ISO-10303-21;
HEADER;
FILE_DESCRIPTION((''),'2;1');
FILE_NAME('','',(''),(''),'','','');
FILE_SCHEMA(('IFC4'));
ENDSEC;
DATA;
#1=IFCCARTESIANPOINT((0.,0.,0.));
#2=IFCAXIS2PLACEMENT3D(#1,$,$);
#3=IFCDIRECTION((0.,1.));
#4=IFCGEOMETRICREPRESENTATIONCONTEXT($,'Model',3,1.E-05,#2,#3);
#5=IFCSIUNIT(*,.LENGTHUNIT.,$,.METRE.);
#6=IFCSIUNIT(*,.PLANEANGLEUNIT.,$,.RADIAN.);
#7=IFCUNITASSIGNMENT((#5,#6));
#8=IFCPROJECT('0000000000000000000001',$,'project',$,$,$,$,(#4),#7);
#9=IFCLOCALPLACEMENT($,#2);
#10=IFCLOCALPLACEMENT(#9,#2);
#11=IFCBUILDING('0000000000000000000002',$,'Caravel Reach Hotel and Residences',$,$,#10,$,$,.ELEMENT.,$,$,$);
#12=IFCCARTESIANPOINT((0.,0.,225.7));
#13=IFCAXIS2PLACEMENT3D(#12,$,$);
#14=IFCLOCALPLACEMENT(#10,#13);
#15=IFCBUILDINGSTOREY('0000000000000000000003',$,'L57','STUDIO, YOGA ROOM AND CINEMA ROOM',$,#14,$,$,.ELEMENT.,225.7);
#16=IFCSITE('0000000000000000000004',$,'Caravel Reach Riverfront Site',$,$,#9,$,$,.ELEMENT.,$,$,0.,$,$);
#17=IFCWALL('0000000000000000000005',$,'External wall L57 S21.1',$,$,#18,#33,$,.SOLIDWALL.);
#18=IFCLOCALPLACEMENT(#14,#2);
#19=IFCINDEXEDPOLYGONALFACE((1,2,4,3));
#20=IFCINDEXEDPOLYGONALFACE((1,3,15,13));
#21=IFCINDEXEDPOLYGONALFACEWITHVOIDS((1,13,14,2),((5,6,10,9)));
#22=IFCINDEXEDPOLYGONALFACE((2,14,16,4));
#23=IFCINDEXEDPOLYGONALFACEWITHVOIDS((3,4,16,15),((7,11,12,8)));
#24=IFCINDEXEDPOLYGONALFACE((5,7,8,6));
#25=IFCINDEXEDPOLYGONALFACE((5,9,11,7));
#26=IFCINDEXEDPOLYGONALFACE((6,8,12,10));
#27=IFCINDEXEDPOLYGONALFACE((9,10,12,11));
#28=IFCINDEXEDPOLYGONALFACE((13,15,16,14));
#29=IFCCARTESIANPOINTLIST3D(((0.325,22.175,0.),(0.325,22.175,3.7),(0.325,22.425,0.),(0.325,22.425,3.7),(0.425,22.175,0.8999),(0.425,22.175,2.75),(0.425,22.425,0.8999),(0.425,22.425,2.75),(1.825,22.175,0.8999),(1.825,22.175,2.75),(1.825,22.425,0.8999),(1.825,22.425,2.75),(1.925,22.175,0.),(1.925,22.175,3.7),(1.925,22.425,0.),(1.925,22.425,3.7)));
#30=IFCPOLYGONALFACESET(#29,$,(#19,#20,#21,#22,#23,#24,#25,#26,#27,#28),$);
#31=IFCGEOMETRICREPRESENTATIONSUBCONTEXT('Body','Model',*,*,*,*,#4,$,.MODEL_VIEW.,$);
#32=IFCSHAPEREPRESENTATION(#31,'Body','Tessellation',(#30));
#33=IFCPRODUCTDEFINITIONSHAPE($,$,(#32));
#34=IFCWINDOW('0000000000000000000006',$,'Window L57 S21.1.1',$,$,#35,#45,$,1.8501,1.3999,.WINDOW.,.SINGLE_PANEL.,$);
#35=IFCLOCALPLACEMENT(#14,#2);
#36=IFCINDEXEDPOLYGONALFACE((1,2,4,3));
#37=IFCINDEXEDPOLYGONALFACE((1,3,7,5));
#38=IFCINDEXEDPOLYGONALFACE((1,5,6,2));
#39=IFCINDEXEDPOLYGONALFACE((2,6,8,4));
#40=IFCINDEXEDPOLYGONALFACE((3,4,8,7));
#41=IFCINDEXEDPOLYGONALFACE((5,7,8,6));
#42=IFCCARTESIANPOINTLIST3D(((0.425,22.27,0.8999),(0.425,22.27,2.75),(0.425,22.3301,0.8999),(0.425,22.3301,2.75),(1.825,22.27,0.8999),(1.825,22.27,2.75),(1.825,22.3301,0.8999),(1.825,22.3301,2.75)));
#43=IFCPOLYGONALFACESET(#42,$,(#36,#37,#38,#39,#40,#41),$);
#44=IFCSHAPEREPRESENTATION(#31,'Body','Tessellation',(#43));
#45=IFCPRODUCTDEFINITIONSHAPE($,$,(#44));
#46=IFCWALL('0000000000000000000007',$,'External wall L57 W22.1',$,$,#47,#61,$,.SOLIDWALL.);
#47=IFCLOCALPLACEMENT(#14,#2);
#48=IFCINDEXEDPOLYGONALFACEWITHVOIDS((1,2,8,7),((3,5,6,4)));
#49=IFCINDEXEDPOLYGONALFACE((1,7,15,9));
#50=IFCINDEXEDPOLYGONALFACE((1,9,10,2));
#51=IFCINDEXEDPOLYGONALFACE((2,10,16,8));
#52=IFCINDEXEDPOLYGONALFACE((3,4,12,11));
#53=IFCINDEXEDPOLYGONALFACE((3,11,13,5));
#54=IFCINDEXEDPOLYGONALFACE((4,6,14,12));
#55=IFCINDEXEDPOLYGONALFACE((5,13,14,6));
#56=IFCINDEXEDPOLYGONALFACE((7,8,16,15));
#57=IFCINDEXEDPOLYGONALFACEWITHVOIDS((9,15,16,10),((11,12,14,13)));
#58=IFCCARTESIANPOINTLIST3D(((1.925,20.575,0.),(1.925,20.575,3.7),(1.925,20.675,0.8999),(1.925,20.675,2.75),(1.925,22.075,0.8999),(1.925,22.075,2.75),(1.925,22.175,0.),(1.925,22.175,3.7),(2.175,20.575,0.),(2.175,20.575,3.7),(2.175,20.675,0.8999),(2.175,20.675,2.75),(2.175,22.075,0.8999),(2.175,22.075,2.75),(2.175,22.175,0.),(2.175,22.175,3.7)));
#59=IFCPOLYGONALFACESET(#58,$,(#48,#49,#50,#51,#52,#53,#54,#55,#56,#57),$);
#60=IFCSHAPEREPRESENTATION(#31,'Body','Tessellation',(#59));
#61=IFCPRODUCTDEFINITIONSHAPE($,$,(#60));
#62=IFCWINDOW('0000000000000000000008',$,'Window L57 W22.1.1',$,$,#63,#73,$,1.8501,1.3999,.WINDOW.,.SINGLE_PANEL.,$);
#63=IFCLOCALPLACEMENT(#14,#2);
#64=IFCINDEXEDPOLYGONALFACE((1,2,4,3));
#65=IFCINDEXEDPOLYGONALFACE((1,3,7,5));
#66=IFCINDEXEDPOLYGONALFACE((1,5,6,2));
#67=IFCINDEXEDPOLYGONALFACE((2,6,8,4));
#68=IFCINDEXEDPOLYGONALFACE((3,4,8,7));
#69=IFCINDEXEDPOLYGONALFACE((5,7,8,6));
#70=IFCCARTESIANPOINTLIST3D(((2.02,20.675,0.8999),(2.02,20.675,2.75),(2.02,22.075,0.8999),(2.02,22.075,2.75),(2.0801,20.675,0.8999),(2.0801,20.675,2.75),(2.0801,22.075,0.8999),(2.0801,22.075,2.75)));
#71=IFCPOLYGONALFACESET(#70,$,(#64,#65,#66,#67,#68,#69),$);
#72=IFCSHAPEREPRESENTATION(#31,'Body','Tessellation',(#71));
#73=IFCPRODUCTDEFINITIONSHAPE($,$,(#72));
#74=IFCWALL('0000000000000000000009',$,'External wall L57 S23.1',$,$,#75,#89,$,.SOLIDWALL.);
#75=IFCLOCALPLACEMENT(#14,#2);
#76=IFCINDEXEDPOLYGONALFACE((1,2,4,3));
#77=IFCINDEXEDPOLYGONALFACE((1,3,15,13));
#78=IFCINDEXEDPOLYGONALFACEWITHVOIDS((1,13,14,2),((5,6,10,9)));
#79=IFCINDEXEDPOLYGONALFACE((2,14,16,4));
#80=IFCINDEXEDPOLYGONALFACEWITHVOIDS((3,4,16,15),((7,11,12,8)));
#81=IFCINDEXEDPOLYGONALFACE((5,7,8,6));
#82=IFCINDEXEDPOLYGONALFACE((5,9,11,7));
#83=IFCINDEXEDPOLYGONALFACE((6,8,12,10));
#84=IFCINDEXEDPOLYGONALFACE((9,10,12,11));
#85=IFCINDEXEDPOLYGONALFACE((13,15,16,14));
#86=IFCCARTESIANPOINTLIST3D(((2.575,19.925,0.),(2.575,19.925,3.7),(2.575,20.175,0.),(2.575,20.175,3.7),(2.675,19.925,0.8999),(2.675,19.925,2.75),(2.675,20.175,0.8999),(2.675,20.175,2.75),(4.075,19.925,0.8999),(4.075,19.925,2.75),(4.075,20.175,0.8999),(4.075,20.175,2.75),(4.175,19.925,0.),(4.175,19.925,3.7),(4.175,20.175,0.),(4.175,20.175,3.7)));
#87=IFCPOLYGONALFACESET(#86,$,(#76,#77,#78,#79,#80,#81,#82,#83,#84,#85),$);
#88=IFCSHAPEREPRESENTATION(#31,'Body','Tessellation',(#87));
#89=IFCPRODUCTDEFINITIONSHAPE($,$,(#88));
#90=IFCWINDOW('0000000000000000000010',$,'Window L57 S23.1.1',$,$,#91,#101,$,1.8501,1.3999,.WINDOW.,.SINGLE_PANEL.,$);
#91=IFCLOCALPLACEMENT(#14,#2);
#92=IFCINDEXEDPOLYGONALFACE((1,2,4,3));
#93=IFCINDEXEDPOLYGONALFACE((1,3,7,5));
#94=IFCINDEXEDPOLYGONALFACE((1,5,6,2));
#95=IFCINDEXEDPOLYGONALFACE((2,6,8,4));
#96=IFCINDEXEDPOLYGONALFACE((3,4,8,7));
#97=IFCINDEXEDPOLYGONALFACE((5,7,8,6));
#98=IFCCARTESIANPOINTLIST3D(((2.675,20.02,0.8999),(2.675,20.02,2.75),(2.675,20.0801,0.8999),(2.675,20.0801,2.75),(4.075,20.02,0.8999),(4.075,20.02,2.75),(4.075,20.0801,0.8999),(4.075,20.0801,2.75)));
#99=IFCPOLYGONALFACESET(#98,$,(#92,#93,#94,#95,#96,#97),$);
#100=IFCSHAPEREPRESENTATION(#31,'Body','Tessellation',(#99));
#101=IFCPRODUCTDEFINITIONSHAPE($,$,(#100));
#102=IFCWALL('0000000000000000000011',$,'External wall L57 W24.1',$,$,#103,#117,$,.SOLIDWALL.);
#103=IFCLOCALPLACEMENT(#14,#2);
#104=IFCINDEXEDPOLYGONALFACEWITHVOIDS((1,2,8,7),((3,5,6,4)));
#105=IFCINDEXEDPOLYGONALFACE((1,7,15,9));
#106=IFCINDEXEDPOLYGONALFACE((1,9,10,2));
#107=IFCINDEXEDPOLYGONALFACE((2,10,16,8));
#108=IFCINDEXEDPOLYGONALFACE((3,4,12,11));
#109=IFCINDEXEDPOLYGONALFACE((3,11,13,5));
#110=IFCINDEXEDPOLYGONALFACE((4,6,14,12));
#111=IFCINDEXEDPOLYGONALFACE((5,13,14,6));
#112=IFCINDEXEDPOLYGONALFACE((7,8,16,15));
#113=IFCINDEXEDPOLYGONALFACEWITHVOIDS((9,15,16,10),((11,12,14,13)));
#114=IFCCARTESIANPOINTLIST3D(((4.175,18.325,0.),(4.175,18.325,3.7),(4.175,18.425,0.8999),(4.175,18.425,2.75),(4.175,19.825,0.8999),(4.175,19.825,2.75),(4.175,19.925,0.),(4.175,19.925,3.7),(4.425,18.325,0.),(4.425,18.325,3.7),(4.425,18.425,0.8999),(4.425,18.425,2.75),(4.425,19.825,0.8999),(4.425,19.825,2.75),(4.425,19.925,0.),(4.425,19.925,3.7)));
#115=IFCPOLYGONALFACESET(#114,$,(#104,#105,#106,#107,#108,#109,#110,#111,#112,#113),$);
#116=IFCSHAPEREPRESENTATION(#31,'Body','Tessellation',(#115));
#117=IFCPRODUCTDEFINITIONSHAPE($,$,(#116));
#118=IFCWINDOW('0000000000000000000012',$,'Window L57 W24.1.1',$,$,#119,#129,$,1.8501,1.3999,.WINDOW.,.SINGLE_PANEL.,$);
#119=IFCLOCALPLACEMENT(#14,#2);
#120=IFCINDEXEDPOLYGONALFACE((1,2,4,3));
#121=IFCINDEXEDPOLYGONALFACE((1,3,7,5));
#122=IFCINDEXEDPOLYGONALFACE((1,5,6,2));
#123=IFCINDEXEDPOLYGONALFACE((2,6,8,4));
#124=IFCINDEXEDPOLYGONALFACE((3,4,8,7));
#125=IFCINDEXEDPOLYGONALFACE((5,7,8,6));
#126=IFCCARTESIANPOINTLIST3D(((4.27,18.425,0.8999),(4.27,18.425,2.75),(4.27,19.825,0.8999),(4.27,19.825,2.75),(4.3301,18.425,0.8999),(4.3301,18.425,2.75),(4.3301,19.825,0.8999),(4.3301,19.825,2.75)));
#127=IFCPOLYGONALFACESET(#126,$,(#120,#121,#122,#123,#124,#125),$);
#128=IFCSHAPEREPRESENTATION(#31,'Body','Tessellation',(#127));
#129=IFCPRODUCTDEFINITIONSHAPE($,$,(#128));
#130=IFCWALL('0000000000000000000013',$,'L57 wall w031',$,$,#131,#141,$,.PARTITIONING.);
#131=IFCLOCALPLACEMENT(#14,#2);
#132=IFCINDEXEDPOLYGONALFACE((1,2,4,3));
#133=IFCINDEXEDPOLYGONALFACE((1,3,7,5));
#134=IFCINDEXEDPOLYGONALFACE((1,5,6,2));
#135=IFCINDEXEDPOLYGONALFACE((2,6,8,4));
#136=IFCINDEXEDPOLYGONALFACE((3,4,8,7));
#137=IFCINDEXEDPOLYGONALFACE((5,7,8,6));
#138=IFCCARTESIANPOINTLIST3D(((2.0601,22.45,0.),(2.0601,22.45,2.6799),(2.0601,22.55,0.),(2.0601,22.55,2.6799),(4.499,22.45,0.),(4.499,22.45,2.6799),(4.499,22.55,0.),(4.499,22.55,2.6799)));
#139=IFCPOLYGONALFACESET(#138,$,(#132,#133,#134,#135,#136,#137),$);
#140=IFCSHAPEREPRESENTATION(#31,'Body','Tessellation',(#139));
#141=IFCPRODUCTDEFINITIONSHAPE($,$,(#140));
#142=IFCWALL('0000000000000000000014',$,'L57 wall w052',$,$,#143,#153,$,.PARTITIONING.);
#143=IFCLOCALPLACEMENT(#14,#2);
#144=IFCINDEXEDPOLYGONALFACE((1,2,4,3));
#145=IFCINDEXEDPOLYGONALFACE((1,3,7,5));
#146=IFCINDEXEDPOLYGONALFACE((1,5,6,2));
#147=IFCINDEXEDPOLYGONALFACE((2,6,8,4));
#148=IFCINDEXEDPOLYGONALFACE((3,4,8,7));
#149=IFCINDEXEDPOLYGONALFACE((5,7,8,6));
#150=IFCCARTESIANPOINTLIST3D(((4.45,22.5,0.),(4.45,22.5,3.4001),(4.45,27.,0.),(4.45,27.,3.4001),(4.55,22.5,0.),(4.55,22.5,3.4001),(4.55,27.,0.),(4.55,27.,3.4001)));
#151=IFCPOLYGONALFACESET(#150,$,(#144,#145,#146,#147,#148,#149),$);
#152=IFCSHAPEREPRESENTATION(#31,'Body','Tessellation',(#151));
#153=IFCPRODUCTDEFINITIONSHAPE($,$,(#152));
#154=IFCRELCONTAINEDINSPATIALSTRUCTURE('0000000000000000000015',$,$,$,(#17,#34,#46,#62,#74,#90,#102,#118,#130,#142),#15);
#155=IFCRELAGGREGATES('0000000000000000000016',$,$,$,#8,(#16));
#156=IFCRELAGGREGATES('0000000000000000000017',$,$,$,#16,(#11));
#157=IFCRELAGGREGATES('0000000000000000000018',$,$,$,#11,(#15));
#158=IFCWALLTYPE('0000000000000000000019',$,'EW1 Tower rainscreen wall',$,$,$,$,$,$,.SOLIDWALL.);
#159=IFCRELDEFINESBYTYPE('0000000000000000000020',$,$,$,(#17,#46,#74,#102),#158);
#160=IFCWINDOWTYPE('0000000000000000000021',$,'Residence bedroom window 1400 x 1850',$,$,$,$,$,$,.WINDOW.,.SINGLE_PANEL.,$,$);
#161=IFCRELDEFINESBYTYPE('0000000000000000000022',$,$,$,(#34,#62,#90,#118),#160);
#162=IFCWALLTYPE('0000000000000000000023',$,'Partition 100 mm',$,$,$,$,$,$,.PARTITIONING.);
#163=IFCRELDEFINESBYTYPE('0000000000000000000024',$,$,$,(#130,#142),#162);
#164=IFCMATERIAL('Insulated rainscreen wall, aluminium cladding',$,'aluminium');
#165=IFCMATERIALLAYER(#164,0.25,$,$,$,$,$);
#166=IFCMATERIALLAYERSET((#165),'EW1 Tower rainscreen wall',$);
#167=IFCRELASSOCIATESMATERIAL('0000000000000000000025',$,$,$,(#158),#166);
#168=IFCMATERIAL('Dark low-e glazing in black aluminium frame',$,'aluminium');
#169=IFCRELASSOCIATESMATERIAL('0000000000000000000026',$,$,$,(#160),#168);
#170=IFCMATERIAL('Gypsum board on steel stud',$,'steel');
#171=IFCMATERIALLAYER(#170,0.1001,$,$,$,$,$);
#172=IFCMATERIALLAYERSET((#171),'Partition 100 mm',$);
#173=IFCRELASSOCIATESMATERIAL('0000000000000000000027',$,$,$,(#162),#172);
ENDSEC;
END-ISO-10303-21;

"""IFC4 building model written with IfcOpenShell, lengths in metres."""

from ifc_helpers import new_model, si_unit, direction, frame, frame_2d, origin, place, context, subcontext, project, spatial, rectangle, extrude, material, layer, layer_set, type_object, element, fill, save


model = new_model("IFC4")

# Units and contexts
model_context = context("Model", 3, precision=1e-05, world=origin(), true_north=direction((0.0, 1.0)))
body_context = subcontext(model_context, "Body", "Model", "MODEL_VIEW")
ifc_project = project(units=[si_unit("LENGTHUNIT", "METRE"), si_unit("PLANEANGLEUNIT", "RADIAN")], contexts=[model_context])

# Site, building, storey
site_placement = place(None, origin())
site = spatial("IfcSite", under=ifc_project, at=site_placement, Name="Caravel Reach Riverfront Site", CompositionType="ELEMENT", RefElevation=0.0)
building_placement = place(site_placement, origin())
building = spatial("IfcBuilding", under=site, at=building_placement, Name="Caravel Reach Hotel and Residences", CompositionType="ELEMENT")
storey_placement = place(building_placement, frame((0.0, 0.0, 225.7)))
storey = spatial("IfcBuildingStorey", under=building, at=storey_placement, Name="L57", Description="STUDIO, YOGA ROOM AND CINEMA ROOM", CompositionType="ELEMENT", Elevation=225.7)

# Walls, openings, windows
ifc_material_1 = material(Name="Insulated rainscreen wall, aluminium cladding", Category="aluminium")
ifc_layer_1 = layer(ifc_material_1, 0.25)
ifc_layer_set_1 = layer_set([ifc_layer_1], Name="EW1 Tower rainscreen wall")
wall_type_1 = type_object("IfcWallType", Name="EW1 Tower rainscreen wall", PredefinedType="SOLIDWALL", material=ifc_layer_set_1)
wall_1_placement = place(storey_placement, frame((0.325, 22.3, 0.0), z_axis=(0.0, 0.0, 1.0), x_axis=(1.0, 0.0, 0.0)))
wall_1 = element("IfcWall", 1, at=wall_1_placement, inside=storey, type_object=wall_type_1, Name="External wall L57 S21.1", PredefinedType="SOLIDWALL", context=body_context, shape_type="SweptSolid", body=[
    extrude(rectangle(XDim=1.6001, YDim=0.25, at=frame_2d((0.8, 0.0))), origin(), (0.0, 0.0, 1.0), 3.7),
])
opening_1_placement = place(wall_1_placement, frame((0.1001, 0.0, 0.8999)))
opening_1 = element("IfcOpeningElement", 2, at=opening_1_placement, cuts=wall_1, PredefinedType="OPENING", context=body_context, shape_type="SweptSolid", body=[
    extrude(rectangle(XDim=1.3999, YDim=1.8501, at=frame_2d((0.7, 0.925))), frame((0.0, 0.135, 0.0), z_axis=(0.0, -1.0, 0.0), x_axis=(1.0, 0.0, 0.0)), (0.0, 0.0, 1.0), 0.27),
])
ifc_material_2 = material(Name="Dark low-e glazing in black aluminium frame", Category="aluminium")
window_type = type_object("IfcWindowType", Name="Residence bedroom window 1400 x 1850", PartitioningType="SINGLE_PANEL", PredefinedType="WINDOW", material=ifc_material_2)
window_1_placement = place(opening_1_placement, origin())
window_1 = element("IfcWindow", 3, at=window_1_placement, inside=storey, type_object=window_type, Name="Window L57 S21.1.1", OverallHeight=1.8501, OverallWidth=1.3999, PartitioningType="SINGLE_PANEL", PredefinedType="WINDOW", context=body_context, shape_type="SweptSolid", body=[
    extrude(rectangle(XDim=1.3999, YDim=1.8501, at=frame_2d((0.7, 0.925))), frame((0.0, 0.03, 0.0), z_axis=(0.0, -1.0, 0.0), x_axis=(1.0, 0.0, 0.0)), (0.0, 0.0, 1.0), 0.0601),
])
fill(opening_1, window_1)
wall_2_placement = place(storey_placement, frame((2.05, 22.175, 0.0), z_axis=(0.0, 0.0, 1.0), x_axis=(0.0, -1.0, 0.0)))
wall_2 = element("IfcWall", 4, at=wall_2_placement, inside=storey, type_object=wall_type_1, Name="External wall L57 W22.1", PredefinedType="SOLIDWALL", context=body_context, shape_type="SweptSolid", body=[
    extrude(rectangle(XDim=1.6001, YDim=0.25, at=frame_2d((0.8, 0.0))), origin(), (0.0, 0.0, 1.0), 3.7),
])
opening_2_placement = place(wall_2_placement, frame((0.1001, 0.0, 0.8999)))
opening_2 = element("IfcOpeningElement", 5, at=opening_2_placement, cuts=wall_2, PredefinedType="OPENING", context=body_context, shape_type="SweptSolid", body=[
    extrude(rectangle(XDim=1.3999, YDim=1.8501, at=frame_2d((0.7, 0.925))), frame((0.0, 0.135, 0.0), z_axis=(0.0, -1.0, 0.0), x_axis=(1.0, 0.0, 0.0)), (0.0, 0.0, 1.0), 0.27),
])
window_2_placement = place(opening_2_placement, origin())
window_2 = element("IfcWindow", 6, at=window_2_placement, inside=storey, type_object=window_type, Name="Window L57 W22.1.1", OverallHeight=1.8501, OverallWidth=1.3999, PartitioningType="SINGLE_PANEL", PredefinedType="WINDOW", context=body_context, shape_type="SweptSolid", body=[
    extrude(rectangle(XDim=1.3999, YDim=1.8501, at=frame_2d((0.7, 0.925))), frame((0.0, 0.03, 0.0), z_axis=(0.0, -1.0, 0.0), x_axis=(1.0, 0.0, 0.0)), (0.0, 0.0, 1.0), 0.0601),
])
fill(opening_2, window_2)
wall_3_placement = place(storey_placement, frame((2.575, 20.05, 0.0), z_axis=(0.0, 0.0, 1.0), x_axis=(1.0, 0.0, 0.0)))
wall_3 = element("IfcWall", 7, at=wall_3_placement, inside=storey, type_object=wall_type_1, Name="External wall L57 S23.1", PredefinedType="SOLIDWALL", context=body_context, shape_type="SweptSolid", body=[
    extrude(rectangle(XDim=1.6001, YDim=0.25, at=frame_2d((0.8, 0.0))), origin(), (0.0, 0.0, 1.0), 3.7),
])
opening_3_placement = place(wall_3_placement, frame((0.1001, 0.0, 0.8999)))
opening_3 = element("IfcOpeningElement", 8, at=opening_3_placement, cuts=wall_3, PredefinedType="OPENING", context=body_context, shape_type="SweptSolid", body=[
    extrude(rectangle(XDim=1.3999, YDim=1.8501, at=frame_2d((0.7, 0.925))), frame((0.0, 0.135, 0.0), z_axis=(0.0, -1.0, 0.0), x_axis=(1.0, 0.0, 0.0)), (0.0, 0.0, 1.0), 0.27),
])
window_3_placement = place(opening_3_placement, origin())
window_3 = element("IfcWindow", 9, at=window_3_placement, inside=storey, type_object=window_type, Name="Window L57 S23.1.1", OverallHeight=1.8501, OverallWidth=1.3999, PartitioningType="SINGLE_PANEL", PredefinedType="WINDOW", context=body_context, shape_type="SweptSolid", body=[
    extrude(rectangle(XDim=1.3999, YDim=1.8501, at=frame_2d((0.7, 0.925))), frame((0.0, 0.03, 0.0), z_axis=(0.0, -1.0, 0.0), x_axis=(1.0, 0.0, 0.0)), (0.0, 0.0, 1.0), 0.0601),
])
fill(opening_3, window_3)
wall_4_placement = place(storey_placement, frame((4.3, 19.925, 0.0), z_axis=(0.0, 0.0, 1.0), x_axis=(0.0, -1.0, 0.0)))
wall_4 = element("IfcWall", 10, at=wall_4_placement, inside=storey, type_object=wall_type_1, Name="External wall L57 W24.1", PredefinedType="SOLIDWALL", context=body_context, shape_type="SweptSolid", body=[
    extrude(rectangle(XDim=1.6001, YDim=0.25, at=frame_2d((0.8, 0.0))), origin(), (0.0, 0.0, 1.0), 3.7),
])
opening_4_placement = place(wall_4_placement, frame((0.1001, 0.0, 0.8999)))
opening_4 = element("IfcOpeningElement", 11, at=opening_4_placement, cuts=wall_4, PredefinedType="OPENING", context=body_context, shape_type="SweptSolid", body=[
    extrude(rectangle(XDim=1.3999, YDim=1.8501, at=frame_2d((0.7, 0.925))), frame((0.0, 0.135, 0.0), z_axis=(0.0, -1.0, 0.0), x_axis=(1.0, 0.0, 0.0)), (0.0, 0.0, 1.0), 0.27),
])
window_4_placement = place(opening_4_placement, origin())
window_4 = element("IfcWindow", 12, at=window_4_placement, inside=storey, type_object=window_type, Name="Window L57 W24.1.1", OverallHeight=1.8501, OverallWidth=1.3999, PartitioningType="SINGLE_PANEL", PredefinedType="WINDOW", context=body_context, shape_type="SweptSolid", body=[
    extrude(rectangle(XDim=1.3999, YDim=1.8501, at=frame_2d((0.7, 0.925))), frame((0.0, 0.03, 0.0), z_axis=(0.0, -1.0, 0.0), x_axis=(1.0, 0.0, 0.0)), (0.0, 0.0, 1.0), 0.0601),
])
fill(opening_4, window_4)

# Walls
ifc_material_3 = material(Name="Gypsum board on steel stud", Category="steel")
ifc_layer_2 = layer(ifc_material_3, 0.1001)
ifc_layer_set_2 = layer_set([ifc_layer_2], Name="Partition 100 mm")
wall_type_2 = type_object("IfcWallType", Name="Partition 100 mm", PredefinedType="PARTITIONING", material=ifc_layer_set_2)
wall_5_placement = place(storey_placement, frame((2.0601, 22.5, 0.0), z_axis=(0.0, 0.0, 1.0), x_axis=(1.0, 0.0, 0.0)))
element("IfcWall", 13, at=wall_5_placement, inside=storey, type_object=wall_type_2, Name="L57 wall w031", PredefinedType="PARTITIONING", context=body_context, shape_type="SweptSolid", body=[
    extrude(rectangle(XDim=2.439, YDim=0.1001, at=frame_2d((1.2195, 0.0))), origin(), (0.0, 0.0, 1.0), 2.6799),
])
wall_6_placement = place(storey_placement, frame((4.5, 22.5, 0.0), z_axis=(0.0, 0.0, 1.0), x_axis=(0.0, 1.0, 0.0)))
element("IfcWall", 14, at=wall_6_placement, inside=storey, type_object=wall_type_2, Name="L57 wall w052", PredefinedType="PARTITIONING", context=body_context, shape_type="SweptSolid", body=[
    extrude(rectangle(XDim=4.5, YDim=0.1001, at=frame_2d((2.25, 0.0))), origin(), (0.0, 0.0, 1.0), 3.4001),
])

save(model, "model.ifc")
